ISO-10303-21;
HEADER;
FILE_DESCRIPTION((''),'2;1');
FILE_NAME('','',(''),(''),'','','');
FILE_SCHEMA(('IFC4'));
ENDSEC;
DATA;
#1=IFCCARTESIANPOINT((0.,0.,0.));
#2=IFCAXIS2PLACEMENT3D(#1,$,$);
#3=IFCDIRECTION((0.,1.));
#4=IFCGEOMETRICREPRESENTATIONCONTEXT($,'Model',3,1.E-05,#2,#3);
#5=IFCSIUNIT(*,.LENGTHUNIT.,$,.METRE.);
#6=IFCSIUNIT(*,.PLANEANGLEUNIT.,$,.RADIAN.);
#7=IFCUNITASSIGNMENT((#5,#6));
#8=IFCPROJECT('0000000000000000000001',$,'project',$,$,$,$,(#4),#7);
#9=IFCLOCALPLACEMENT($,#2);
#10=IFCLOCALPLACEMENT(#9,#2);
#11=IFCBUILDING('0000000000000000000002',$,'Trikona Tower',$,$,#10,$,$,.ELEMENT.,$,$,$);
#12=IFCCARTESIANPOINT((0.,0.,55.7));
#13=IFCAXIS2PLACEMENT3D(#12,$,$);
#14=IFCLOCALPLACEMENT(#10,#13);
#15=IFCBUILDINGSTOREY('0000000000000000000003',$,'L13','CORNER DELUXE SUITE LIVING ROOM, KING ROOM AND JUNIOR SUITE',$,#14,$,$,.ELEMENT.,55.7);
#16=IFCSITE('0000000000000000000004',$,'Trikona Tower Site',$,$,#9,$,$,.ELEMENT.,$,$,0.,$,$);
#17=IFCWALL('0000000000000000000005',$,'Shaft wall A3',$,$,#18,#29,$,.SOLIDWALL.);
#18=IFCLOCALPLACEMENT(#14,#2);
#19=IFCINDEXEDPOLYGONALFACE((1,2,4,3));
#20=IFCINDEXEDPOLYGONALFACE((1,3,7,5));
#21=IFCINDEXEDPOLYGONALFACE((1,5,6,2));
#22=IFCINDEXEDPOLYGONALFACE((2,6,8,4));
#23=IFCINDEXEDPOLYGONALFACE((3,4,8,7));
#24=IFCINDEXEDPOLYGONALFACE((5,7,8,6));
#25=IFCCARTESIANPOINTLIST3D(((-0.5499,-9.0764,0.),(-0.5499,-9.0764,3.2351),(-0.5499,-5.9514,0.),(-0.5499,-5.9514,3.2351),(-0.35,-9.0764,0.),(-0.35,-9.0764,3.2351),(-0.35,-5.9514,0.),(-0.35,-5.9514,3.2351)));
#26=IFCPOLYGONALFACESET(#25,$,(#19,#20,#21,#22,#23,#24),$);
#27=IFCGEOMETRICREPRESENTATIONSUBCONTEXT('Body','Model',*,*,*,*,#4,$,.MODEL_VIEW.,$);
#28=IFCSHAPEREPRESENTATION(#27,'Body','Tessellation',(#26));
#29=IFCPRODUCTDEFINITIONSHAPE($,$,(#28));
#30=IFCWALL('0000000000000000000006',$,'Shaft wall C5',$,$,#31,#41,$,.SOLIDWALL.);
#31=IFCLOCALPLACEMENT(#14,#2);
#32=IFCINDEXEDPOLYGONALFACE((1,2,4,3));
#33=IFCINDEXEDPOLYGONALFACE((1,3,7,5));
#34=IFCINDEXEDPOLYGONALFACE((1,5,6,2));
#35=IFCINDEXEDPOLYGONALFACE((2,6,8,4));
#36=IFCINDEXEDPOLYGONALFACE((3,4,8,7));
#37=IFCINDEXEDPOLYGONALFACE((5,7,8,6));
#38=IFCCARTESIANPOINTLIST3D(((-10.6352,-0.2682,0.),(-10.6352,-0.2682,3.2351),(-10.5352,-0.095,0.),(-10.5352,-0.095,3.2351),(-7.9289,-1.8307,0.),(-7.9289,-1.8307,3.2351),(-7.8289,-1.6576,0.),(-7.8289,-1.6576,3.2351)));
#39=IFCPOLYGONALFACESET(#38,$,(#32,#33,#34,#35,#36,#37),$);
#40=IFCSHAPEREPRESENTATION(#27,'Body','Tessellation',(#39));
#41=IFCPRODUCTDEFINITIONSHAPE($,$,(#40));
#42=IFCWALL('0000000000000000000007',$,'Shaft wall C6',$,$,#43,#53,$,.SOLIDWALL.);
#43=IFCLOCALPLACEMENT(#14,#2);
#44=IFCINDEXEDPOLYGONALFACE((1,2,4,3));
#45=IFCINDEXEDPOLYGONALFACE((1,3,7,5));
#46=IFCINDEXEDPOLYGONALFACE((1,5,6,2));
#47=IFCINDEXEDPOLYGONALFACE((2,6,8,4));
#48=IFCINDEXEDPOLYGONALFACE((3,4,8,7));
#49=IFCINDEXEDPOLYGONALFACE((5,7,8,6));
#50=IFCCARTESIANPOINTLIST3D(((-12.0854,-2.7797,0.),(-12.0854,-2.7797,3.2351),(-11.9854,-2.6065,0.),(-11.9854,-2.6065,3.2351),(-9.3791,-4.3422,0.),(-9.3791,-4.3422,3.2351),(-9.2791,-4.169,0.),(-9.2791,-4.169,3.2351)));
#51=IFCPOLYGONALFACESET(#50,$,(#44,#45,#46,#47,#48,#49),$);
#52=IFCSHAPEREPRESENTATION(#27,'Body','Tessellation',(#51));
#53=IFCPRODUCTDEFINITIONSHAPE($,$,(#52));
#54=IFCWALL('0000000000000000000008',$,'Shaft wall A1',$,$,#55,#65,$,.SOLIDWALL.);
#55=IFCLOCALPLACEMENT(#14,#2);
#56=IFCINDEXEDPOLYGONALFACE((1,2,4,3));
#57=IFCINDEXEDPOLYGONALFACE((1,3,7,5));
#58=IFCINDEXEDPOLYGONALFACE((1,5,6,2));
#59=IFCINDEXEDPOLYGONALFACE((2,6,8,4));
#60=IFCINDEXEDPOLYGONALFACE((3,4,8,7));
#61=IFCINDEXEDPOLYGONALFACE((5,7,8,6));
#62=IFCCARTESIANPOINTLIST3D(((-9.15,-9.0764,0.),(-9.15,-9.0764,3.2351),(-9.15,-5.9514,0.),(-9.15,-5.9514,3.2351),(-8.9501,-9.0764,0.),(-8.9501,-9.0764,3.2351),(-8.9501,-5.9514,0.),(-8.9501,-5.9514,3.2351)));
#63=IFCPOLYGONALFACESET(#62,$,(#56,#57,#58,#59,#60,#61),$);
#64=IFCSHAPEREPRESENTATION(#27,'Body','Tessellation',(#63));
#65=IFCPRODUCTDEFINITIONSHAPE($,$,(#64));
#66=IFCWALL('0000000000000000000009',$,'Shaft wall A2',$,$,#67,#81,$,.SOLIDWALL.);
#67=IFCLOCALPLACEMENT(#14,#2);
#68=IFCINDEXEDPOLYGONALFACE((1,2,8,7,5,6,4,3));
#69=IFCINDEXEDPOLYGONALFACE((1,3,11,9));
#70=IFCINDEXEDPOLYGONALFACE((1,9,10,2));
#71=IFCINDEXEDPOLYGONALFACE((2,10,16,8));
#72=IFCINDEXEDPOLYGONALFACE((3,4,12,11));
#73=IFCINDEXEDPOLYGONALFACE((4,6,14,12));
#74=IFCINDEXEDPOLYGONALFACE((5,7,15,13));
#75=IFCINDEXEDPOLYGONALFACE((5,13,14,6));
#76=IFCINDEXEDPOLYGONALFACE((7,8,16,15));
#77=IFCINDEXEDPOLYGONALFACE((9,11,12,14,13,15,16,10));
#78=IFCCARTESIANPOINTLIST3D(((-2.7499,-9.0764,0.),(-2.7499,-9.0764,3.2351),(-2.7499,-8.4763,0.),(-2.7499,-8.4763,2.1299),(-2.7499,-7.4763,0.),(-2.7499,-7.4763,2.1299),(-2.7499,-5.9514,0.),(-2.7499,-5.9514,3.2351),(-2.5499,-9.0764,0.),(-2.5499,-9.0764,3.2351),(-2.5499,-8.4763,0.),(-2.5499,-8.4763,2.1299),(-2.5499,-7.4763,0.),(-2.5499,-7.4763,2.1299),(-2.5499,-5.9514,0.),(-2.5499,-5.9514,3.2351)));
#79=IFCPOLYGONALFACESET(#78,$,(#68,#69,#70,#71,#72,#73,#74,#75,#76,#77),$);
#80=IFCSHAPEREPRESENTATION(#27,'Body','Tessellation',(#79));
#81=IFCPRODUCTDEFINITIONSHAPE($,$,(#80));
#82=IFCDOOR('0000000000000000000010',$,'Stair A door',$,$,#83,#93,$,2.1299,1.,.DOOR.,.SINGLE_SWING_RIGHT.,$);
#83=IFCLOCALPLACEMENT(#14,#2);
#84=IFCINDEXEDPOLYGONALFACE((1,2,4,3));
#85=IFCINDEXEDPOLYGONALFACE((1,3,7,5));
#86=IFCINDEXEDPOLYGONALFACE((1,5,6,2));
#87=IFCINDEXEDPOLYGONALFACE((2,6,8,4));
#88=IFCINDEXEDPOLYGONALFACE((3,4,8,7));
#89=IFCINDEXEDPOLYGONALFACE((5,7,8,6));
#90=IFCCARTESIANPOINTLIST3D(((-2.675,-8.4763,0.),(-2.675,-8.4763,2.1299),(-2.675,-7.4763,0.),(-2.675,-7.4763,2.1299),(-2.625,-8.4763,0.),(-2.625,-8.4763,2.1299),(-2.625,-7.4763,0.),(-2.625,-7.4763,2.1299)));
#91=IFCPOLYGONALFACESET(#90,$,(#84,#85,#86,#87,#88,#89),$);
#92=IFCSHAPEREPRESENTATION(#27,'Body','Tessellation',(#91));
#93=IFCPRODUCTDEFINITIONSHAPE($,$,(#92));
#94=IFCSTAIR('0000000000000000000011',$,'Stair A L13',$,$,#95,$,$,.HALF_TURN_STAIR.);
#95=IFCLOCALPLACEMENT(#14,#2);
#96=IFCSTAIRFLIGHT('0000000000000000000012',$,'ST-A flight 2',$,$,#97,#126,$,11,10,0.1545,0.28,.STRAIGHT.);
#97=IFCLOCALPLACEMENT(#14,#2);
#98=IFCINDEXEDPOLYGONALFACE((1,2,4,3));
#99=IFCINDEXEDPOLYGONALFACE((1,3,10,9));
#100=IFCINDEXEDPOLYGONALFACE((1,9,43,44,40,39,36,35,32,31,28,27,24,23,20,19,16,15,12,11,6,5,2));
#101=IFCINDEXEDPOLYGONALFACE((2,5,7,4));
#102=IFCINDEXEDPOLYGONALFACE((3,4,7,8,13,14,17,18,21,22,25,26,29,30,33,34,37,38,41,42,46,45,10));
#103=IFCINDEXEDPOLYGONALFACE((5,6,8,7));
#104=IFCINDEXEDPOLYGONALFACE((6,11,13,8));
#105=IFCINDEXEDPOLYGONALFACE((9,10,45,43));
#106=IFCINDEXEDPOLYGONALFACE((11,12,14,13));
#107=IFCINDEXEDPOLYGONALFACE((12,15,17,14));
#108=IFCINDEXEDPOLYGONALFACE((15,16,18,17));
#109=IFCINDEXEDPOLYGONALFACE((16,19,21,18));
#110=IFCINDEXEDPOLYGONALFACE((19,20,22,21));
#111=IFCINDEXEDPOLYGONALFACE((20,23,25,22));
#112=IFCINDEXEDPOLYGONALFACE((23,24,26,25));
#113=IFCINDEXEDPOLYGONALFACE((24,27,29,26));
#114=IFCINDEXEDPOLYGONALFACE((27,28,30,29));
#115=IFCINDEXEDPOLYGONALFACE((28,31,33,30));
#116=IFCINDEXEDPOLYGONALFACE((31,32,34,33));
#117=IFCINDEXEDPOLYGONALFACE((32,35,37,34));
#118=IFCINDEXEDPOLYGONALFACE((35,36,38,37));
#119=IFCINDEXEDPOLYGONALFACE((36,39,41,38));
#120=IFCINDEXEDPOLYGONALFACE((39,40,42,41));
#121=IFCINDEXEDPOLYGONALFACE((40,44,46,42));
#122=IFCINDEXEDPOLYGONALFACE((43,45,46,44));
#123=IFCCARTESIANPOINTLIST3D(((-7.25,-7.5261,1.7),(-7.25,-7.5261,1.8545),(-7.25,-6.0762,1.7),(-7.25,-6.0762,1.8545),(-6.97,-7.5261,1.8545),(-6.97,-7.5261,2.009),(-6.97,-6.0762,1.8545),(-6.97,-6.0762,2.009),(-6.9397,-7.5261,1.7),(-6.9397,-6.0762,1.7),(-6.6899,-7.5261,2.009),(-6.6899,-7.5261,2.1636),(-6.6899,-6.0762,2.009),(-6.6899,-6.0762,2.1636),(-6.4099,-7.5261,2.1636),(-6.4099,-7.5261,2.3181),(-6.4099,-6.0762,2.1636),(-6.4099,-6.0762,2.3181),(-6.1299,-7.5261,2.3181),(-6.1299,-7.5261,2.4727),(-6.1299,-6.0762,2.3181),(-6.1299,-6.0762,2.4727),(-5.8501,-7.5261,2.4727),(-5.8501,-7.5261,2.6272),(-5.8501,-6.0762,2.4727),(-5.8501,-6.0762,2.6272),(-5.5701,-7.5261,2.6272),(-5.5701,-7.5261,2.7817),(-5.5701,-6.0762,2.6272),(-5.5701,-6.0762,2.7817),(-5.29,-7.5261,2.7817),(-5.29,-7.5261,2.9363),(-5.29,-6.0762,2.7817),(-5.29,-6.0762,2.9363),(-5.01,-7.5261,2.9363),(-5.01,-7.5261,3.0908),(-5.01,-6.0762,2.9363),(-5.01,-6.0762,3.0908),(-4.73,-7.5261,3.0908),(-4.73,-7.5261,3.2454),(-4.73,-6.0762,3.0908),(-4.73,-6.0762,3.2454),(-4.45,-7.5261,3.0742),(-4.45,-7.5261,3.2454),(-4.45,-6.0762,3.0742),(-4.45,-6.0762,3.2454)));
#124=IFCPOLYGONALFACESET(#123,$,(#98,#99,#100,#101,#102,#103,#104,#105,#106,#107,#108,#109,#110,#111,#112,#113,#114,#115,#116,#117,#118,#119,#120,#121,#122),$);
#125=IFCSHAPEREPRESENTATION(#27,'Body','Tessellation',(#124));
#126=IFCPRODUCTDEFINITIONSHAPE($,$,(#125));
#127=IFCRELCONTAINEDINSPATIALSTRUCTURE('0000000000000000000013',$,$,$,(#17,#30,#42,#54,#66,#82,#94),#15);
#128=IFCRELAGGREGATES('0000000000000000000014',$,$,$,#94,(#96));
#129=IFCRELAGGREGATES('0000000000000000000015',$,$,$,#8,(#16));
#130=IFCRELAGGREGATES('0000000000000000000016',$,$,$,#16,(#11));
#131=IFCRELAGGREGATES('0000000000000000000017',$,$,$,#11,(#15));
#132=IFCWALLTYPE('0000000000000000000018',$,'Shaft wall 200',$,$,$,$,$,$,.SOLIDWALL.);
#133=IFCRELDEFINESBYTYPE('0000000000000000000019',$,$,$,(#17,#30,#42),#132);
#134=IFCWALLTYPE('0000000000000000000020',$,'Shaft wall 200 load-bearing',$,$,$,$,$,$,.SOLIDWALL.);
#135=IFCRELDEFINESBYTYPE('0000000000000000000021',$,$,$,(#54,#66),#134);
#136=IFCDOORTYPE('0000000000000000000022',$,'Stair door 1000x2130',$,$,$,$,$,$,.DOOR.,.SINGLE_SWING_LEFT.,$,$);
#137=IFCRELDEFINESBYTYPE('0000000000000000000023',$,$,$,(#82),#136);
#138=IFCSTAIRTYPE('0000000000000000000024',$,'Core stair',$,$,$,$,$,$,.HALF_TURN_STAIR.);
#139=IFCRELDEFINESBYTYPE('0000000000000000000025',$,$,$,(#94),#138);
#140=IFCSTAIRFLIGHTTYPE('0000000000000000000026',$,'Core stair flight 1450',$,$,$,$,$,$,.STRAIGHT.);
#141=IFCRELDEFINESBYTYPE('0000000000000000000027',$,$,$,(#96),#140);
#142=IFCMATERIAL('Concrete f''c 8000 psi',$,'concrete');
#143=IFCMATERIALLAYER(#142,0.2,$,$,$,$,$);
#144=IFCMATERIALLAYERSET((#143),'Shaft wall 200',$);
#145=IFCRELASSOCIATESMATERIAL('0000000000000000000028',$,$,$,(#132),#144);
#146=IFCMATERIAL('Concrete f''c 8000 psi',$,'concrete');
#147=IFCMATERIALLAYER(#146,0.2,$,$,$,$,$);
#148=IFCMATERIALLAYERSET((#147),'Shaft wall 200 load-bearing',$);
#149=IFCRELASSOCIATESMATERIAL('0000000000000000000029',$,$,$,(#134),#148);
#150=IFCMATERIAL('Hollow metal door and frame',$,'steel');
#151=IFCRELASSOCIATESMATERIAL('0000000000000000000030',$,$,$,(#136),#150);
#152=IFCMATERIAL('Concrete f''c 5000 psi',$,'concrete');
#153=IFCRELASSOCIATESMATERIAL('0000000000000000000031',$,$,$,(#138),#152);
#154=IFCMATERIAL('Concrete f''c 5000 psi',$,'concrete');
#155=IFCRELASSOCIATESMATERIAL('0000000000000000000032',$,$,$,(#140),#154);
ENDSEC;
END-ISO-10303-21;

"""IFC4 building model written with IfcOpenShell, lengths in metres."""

from ifc_helpers import new_model, si_unit, direction, frame, frame_2d, origin, place, context, subcontext, project, spatial, polyline, rectangle, outline, extrude, material, layer, layer_set, type_object, element, fill, aggregate, save


model = new_model("IFC4")

# Units and contexts
model_context = context("Model", 3, precision=1e-05, world=origin(), true_north=direction((0.0, 1.0)))
body_context = subcontext(model_context, "Body", "Model", "MODEL_VIEW")
ifc_project = project(units=[si_unit("LENGTHUNIT", "METRE"), si_unit("PLANEANGLEUNIT", "RADIAN")], contexts=[model_context])

# Site, building, storey
site_placement = place(None, origin())
site = spatial("IfcSite", under=ifc_project, at=site_placement, Name="Trikona Tower Site", CompositionType="ELEMENT", RefElevation=0.0)
building_placement = place(site_placement, origin())
building = spatial("IfcBuilding", under=site, at=building_placement, Name="Trikona Tower", CompositionType="ELEMENT")
storey_placement = place(building_placement, frame((0.0, 0.0, 55.7)))
storey = spatial("IfcBuildingStorey", under=building, at=storey_placement, Name="L13", Description="CORNER DELUXE SUITE LIVING ROOM, KING ROOM AND JUNIOR SUITE", CompositionType="ELEMENT", Elevation=55.7)

# Walls
ifc_material_1 = material(Name="Concrete f'c 8000 psi", Category="concrete")
ifc_layer_1 = layer(ifc_material_1, 0.2)
ifc_layer_set_1 = layer_set([ifc_layer_1], Name="Shaft wall 200")
wall_type_1 = type_object("IfcWallType", Name="Shaft wall 200", PredefinedType="SOLIDWALL", material=ifc_layer_set_1)
for number, where, z_axis, x_axis, name in (
    (1, (-0.45, -5.9514, 0.0), (0.0, 0.0, 1.0), (0.0, -1.0, 0.0), "Shaft wall A3"),
    (2, (-7.8789, -1.7441, 0.0), (0.0, 0.0, 1.0), (-0.866023, 0.500004, 0.0), "Shaft wall C5"),
    (3, (-9.3291, -4.2556, 0.0), (0.0, 0.0, 1.0), (-0.866023, 0.500004, 0.0), "Shaft wall C6"),
):
    element("IfcWall", number, at=place(storey_placement, frame(where, z_axis=z_axis, x_axis=x_axis)), inside=storey, type_object=wall_type_1, Name=name, PredefinedType="SOLIDWALL", context=body_context, shape_type="SweptSolid", body=[
        extrude(rectangle(XDim=3.125, YDim=0.2, at=frame_2d((1.5625, 0.0))), origin(), (0.0, 0.0, 1.0), 3.2351),
    ])
ifc_material_2 = material(Name="Concrete f'c 8000 psi", Category="concrete")
ifc_layer_2 = layer(ifc_material_2, 0.2)
ifc_layer_set_2 = layer_set([ifc_layer_2], Name="Shaft wall 200 load-bearing")
wall_type_2 = type_object("IfcWallType", Name="Shaft wall 200 load-bearing", PredefinedType="SOLIDWALL", material=ifc_layer_set_2)
wall_1_placement = place(storey_placement, frame((-9.05, -5.9514, 0.0), z_axis=(0.0, 0.0, 1.0), x_axis=(0.0, -1.0, 0.0)))
element("IfcWall", 4, at=wall_1_placement, inside=storey, type_object=wall_type_2, Name="Shaft wall A1", PredefinedType="SOLIDWALL", context=body_context, shape_type="SweptSolid", body=[
    extrude(rectangle(XDim=3.125, YDim=0.2, at=frame_2d((1.5625, 0.0))), origin(), (0.0, 0.0, 1.0), 3.2351),
])

# Wall, opening, door
wall_2_placement = place(storey_placement, frame((-2.6499, -5.9514, 0.0), z_axis=(0.0, 0.0, 1.0), x_axis=(0.0, -1.0, 0.0)))
wall_2 = element("IfcWall", 5, at=wall_2_placement, inside=storey, type_object=wall_type_2, Name="Shaft wall A2", PredefinedType="SOLIDWALL", context=body_context, shape_type="SweptSolid", body=[
    extrude(rectangle(XDim=3.125, YDim=0.2, at=frame_2d((1.5625, 0.0))), origin(), (0.0, 0.0, 1.0), 3.2351),
])
opening_1_placement = place(wall_2_placement, frame((1.5249, 0.0, 0.0)))
opening_1 = element("IfcOpeningElement", 6, at=opening_1_placement, cuts=wall_2, PredefinedType="OPENING", context=body_context, shape_type="SweptSolid", body=[
    extrude(rectangle(XDim=1.0, YDim=2.1299, at=frame_2d((0.5, 1.0649))), frame((0.0, 0.1099, 0.0), z_axis=(0.0, -1.0, 0.0), x_axis=(1.0, 0.0, 0.0)), (0.0, 0.0, 1.0), 0.22),
])
ifc_material_3 = material(Name="Hollow metal door and frame", Category="steel")
door_type_1 = type_object("IfcDoorType", Name="Stair door 1000x2130", OperationType="SINGLE_SWING_LEFT", PredefinedType="DOOR", material=ifc_material_3)
door_1_placement = place(opening_1_placement, origin())
door_1 = element("IfcDoor", 7, at=door_1_placement, inside=storey, type_object=door_type_1, Name="Stair A door", OperationType="SINGLE_SWING_RIGHT", OverallHeight=2.1299, OverallWidth=1.0, PredefinedType="DOOR", context=body_context, shape_type="SweptSolid", body=[
    extrude(rectangle(XDim=1.0, YDim=2.1299, at=frame_2d((0.5, 1.0649))), frame((0.0, 0.0249, 0.0), z_axis=(0.0, -1.0, 0.0), x_axis=(1.0, 0.0, 0.0)), (0.0, 0.0, 1.0), 0.05),
])
fill(opening_1, door_1)

# Stair, stair flight
ifc_material_4 = material(Name="Concrete f'c 5000 psi", Category="concrete")
stair_type = type_object("IfcStairType", Name="Core stair", PredefinedType="HALF_TURN_STAIR", material=ifc_material_4)
stair_placement = place(storey_placement, origin())
stair = element("IfcStair", 8, at=stair_placement, inside=storey, type_object=stair_type, Name="Stair A L13", PredefinedType="HALF_TURN_STAIR")
ifc_material_5 = material(Name="Concrete f'c 5000 psi", Category="concrete")
stair_flight_type = type_object("IfcStairFlightType", Name="Core stair flight 1450", PredefinedType="STRAIGHT", material=ifc_material_5)
stair_flight_placement = place(storey_placement, frame((-7.25, -6.8013, 1.7), z_axis=(0.0, 0.0, 1.0), x_axis=(1.0, 0.0, 0.0)))
stair_flight = element("IfcStairFlight", 9, at=stair_flight_placement, type_object=stair_flight_type, Name="ST-A flight 2", NumberOfRisers=11, NumberOfTreads=10, PredefinedType="STRAIGHT", RiserHeight=0.1545, TreadLength=0.28, context=body_context, shape_type="SweptSolid", body=[
    extrude(outline(polyline([(0.0, 0.0), (0.0, 0.1545), (0.28, 0.1545), (0.28, 0.3091), (0.5601, 0.3091), (0.5601, 0.4636), (0.8401, 0.4636), (0.8401, 0.6182), (1.1201, 0.6182), (1.1201, 0.7727), (1.3999, 0.7727), (1.3999, 0.9272), (1.6799, 0.9272), (1.6799, 1.0818), (1.96, 1.0818), (1.96, 1.2363), (2.24, 1.2363), (2.24, 1.3909), (2.52, 1.3909), (2.52, 1.5454), (2.8, 1.5454), (2.8, 1.7), (2.8, 1.3743), (0.3103, 0.0), (0.0, 0.0)])), frame((0.0, 0.7251, 0.0), z_axis=(0.0, -1.0, 0.0), x_axis=(1.0, 0.0, 0.0)), (0.0, 0.0, 1.0), 1.45),
])
aggregate(stair, [stair_flight])

save(model, "model.ifc")
